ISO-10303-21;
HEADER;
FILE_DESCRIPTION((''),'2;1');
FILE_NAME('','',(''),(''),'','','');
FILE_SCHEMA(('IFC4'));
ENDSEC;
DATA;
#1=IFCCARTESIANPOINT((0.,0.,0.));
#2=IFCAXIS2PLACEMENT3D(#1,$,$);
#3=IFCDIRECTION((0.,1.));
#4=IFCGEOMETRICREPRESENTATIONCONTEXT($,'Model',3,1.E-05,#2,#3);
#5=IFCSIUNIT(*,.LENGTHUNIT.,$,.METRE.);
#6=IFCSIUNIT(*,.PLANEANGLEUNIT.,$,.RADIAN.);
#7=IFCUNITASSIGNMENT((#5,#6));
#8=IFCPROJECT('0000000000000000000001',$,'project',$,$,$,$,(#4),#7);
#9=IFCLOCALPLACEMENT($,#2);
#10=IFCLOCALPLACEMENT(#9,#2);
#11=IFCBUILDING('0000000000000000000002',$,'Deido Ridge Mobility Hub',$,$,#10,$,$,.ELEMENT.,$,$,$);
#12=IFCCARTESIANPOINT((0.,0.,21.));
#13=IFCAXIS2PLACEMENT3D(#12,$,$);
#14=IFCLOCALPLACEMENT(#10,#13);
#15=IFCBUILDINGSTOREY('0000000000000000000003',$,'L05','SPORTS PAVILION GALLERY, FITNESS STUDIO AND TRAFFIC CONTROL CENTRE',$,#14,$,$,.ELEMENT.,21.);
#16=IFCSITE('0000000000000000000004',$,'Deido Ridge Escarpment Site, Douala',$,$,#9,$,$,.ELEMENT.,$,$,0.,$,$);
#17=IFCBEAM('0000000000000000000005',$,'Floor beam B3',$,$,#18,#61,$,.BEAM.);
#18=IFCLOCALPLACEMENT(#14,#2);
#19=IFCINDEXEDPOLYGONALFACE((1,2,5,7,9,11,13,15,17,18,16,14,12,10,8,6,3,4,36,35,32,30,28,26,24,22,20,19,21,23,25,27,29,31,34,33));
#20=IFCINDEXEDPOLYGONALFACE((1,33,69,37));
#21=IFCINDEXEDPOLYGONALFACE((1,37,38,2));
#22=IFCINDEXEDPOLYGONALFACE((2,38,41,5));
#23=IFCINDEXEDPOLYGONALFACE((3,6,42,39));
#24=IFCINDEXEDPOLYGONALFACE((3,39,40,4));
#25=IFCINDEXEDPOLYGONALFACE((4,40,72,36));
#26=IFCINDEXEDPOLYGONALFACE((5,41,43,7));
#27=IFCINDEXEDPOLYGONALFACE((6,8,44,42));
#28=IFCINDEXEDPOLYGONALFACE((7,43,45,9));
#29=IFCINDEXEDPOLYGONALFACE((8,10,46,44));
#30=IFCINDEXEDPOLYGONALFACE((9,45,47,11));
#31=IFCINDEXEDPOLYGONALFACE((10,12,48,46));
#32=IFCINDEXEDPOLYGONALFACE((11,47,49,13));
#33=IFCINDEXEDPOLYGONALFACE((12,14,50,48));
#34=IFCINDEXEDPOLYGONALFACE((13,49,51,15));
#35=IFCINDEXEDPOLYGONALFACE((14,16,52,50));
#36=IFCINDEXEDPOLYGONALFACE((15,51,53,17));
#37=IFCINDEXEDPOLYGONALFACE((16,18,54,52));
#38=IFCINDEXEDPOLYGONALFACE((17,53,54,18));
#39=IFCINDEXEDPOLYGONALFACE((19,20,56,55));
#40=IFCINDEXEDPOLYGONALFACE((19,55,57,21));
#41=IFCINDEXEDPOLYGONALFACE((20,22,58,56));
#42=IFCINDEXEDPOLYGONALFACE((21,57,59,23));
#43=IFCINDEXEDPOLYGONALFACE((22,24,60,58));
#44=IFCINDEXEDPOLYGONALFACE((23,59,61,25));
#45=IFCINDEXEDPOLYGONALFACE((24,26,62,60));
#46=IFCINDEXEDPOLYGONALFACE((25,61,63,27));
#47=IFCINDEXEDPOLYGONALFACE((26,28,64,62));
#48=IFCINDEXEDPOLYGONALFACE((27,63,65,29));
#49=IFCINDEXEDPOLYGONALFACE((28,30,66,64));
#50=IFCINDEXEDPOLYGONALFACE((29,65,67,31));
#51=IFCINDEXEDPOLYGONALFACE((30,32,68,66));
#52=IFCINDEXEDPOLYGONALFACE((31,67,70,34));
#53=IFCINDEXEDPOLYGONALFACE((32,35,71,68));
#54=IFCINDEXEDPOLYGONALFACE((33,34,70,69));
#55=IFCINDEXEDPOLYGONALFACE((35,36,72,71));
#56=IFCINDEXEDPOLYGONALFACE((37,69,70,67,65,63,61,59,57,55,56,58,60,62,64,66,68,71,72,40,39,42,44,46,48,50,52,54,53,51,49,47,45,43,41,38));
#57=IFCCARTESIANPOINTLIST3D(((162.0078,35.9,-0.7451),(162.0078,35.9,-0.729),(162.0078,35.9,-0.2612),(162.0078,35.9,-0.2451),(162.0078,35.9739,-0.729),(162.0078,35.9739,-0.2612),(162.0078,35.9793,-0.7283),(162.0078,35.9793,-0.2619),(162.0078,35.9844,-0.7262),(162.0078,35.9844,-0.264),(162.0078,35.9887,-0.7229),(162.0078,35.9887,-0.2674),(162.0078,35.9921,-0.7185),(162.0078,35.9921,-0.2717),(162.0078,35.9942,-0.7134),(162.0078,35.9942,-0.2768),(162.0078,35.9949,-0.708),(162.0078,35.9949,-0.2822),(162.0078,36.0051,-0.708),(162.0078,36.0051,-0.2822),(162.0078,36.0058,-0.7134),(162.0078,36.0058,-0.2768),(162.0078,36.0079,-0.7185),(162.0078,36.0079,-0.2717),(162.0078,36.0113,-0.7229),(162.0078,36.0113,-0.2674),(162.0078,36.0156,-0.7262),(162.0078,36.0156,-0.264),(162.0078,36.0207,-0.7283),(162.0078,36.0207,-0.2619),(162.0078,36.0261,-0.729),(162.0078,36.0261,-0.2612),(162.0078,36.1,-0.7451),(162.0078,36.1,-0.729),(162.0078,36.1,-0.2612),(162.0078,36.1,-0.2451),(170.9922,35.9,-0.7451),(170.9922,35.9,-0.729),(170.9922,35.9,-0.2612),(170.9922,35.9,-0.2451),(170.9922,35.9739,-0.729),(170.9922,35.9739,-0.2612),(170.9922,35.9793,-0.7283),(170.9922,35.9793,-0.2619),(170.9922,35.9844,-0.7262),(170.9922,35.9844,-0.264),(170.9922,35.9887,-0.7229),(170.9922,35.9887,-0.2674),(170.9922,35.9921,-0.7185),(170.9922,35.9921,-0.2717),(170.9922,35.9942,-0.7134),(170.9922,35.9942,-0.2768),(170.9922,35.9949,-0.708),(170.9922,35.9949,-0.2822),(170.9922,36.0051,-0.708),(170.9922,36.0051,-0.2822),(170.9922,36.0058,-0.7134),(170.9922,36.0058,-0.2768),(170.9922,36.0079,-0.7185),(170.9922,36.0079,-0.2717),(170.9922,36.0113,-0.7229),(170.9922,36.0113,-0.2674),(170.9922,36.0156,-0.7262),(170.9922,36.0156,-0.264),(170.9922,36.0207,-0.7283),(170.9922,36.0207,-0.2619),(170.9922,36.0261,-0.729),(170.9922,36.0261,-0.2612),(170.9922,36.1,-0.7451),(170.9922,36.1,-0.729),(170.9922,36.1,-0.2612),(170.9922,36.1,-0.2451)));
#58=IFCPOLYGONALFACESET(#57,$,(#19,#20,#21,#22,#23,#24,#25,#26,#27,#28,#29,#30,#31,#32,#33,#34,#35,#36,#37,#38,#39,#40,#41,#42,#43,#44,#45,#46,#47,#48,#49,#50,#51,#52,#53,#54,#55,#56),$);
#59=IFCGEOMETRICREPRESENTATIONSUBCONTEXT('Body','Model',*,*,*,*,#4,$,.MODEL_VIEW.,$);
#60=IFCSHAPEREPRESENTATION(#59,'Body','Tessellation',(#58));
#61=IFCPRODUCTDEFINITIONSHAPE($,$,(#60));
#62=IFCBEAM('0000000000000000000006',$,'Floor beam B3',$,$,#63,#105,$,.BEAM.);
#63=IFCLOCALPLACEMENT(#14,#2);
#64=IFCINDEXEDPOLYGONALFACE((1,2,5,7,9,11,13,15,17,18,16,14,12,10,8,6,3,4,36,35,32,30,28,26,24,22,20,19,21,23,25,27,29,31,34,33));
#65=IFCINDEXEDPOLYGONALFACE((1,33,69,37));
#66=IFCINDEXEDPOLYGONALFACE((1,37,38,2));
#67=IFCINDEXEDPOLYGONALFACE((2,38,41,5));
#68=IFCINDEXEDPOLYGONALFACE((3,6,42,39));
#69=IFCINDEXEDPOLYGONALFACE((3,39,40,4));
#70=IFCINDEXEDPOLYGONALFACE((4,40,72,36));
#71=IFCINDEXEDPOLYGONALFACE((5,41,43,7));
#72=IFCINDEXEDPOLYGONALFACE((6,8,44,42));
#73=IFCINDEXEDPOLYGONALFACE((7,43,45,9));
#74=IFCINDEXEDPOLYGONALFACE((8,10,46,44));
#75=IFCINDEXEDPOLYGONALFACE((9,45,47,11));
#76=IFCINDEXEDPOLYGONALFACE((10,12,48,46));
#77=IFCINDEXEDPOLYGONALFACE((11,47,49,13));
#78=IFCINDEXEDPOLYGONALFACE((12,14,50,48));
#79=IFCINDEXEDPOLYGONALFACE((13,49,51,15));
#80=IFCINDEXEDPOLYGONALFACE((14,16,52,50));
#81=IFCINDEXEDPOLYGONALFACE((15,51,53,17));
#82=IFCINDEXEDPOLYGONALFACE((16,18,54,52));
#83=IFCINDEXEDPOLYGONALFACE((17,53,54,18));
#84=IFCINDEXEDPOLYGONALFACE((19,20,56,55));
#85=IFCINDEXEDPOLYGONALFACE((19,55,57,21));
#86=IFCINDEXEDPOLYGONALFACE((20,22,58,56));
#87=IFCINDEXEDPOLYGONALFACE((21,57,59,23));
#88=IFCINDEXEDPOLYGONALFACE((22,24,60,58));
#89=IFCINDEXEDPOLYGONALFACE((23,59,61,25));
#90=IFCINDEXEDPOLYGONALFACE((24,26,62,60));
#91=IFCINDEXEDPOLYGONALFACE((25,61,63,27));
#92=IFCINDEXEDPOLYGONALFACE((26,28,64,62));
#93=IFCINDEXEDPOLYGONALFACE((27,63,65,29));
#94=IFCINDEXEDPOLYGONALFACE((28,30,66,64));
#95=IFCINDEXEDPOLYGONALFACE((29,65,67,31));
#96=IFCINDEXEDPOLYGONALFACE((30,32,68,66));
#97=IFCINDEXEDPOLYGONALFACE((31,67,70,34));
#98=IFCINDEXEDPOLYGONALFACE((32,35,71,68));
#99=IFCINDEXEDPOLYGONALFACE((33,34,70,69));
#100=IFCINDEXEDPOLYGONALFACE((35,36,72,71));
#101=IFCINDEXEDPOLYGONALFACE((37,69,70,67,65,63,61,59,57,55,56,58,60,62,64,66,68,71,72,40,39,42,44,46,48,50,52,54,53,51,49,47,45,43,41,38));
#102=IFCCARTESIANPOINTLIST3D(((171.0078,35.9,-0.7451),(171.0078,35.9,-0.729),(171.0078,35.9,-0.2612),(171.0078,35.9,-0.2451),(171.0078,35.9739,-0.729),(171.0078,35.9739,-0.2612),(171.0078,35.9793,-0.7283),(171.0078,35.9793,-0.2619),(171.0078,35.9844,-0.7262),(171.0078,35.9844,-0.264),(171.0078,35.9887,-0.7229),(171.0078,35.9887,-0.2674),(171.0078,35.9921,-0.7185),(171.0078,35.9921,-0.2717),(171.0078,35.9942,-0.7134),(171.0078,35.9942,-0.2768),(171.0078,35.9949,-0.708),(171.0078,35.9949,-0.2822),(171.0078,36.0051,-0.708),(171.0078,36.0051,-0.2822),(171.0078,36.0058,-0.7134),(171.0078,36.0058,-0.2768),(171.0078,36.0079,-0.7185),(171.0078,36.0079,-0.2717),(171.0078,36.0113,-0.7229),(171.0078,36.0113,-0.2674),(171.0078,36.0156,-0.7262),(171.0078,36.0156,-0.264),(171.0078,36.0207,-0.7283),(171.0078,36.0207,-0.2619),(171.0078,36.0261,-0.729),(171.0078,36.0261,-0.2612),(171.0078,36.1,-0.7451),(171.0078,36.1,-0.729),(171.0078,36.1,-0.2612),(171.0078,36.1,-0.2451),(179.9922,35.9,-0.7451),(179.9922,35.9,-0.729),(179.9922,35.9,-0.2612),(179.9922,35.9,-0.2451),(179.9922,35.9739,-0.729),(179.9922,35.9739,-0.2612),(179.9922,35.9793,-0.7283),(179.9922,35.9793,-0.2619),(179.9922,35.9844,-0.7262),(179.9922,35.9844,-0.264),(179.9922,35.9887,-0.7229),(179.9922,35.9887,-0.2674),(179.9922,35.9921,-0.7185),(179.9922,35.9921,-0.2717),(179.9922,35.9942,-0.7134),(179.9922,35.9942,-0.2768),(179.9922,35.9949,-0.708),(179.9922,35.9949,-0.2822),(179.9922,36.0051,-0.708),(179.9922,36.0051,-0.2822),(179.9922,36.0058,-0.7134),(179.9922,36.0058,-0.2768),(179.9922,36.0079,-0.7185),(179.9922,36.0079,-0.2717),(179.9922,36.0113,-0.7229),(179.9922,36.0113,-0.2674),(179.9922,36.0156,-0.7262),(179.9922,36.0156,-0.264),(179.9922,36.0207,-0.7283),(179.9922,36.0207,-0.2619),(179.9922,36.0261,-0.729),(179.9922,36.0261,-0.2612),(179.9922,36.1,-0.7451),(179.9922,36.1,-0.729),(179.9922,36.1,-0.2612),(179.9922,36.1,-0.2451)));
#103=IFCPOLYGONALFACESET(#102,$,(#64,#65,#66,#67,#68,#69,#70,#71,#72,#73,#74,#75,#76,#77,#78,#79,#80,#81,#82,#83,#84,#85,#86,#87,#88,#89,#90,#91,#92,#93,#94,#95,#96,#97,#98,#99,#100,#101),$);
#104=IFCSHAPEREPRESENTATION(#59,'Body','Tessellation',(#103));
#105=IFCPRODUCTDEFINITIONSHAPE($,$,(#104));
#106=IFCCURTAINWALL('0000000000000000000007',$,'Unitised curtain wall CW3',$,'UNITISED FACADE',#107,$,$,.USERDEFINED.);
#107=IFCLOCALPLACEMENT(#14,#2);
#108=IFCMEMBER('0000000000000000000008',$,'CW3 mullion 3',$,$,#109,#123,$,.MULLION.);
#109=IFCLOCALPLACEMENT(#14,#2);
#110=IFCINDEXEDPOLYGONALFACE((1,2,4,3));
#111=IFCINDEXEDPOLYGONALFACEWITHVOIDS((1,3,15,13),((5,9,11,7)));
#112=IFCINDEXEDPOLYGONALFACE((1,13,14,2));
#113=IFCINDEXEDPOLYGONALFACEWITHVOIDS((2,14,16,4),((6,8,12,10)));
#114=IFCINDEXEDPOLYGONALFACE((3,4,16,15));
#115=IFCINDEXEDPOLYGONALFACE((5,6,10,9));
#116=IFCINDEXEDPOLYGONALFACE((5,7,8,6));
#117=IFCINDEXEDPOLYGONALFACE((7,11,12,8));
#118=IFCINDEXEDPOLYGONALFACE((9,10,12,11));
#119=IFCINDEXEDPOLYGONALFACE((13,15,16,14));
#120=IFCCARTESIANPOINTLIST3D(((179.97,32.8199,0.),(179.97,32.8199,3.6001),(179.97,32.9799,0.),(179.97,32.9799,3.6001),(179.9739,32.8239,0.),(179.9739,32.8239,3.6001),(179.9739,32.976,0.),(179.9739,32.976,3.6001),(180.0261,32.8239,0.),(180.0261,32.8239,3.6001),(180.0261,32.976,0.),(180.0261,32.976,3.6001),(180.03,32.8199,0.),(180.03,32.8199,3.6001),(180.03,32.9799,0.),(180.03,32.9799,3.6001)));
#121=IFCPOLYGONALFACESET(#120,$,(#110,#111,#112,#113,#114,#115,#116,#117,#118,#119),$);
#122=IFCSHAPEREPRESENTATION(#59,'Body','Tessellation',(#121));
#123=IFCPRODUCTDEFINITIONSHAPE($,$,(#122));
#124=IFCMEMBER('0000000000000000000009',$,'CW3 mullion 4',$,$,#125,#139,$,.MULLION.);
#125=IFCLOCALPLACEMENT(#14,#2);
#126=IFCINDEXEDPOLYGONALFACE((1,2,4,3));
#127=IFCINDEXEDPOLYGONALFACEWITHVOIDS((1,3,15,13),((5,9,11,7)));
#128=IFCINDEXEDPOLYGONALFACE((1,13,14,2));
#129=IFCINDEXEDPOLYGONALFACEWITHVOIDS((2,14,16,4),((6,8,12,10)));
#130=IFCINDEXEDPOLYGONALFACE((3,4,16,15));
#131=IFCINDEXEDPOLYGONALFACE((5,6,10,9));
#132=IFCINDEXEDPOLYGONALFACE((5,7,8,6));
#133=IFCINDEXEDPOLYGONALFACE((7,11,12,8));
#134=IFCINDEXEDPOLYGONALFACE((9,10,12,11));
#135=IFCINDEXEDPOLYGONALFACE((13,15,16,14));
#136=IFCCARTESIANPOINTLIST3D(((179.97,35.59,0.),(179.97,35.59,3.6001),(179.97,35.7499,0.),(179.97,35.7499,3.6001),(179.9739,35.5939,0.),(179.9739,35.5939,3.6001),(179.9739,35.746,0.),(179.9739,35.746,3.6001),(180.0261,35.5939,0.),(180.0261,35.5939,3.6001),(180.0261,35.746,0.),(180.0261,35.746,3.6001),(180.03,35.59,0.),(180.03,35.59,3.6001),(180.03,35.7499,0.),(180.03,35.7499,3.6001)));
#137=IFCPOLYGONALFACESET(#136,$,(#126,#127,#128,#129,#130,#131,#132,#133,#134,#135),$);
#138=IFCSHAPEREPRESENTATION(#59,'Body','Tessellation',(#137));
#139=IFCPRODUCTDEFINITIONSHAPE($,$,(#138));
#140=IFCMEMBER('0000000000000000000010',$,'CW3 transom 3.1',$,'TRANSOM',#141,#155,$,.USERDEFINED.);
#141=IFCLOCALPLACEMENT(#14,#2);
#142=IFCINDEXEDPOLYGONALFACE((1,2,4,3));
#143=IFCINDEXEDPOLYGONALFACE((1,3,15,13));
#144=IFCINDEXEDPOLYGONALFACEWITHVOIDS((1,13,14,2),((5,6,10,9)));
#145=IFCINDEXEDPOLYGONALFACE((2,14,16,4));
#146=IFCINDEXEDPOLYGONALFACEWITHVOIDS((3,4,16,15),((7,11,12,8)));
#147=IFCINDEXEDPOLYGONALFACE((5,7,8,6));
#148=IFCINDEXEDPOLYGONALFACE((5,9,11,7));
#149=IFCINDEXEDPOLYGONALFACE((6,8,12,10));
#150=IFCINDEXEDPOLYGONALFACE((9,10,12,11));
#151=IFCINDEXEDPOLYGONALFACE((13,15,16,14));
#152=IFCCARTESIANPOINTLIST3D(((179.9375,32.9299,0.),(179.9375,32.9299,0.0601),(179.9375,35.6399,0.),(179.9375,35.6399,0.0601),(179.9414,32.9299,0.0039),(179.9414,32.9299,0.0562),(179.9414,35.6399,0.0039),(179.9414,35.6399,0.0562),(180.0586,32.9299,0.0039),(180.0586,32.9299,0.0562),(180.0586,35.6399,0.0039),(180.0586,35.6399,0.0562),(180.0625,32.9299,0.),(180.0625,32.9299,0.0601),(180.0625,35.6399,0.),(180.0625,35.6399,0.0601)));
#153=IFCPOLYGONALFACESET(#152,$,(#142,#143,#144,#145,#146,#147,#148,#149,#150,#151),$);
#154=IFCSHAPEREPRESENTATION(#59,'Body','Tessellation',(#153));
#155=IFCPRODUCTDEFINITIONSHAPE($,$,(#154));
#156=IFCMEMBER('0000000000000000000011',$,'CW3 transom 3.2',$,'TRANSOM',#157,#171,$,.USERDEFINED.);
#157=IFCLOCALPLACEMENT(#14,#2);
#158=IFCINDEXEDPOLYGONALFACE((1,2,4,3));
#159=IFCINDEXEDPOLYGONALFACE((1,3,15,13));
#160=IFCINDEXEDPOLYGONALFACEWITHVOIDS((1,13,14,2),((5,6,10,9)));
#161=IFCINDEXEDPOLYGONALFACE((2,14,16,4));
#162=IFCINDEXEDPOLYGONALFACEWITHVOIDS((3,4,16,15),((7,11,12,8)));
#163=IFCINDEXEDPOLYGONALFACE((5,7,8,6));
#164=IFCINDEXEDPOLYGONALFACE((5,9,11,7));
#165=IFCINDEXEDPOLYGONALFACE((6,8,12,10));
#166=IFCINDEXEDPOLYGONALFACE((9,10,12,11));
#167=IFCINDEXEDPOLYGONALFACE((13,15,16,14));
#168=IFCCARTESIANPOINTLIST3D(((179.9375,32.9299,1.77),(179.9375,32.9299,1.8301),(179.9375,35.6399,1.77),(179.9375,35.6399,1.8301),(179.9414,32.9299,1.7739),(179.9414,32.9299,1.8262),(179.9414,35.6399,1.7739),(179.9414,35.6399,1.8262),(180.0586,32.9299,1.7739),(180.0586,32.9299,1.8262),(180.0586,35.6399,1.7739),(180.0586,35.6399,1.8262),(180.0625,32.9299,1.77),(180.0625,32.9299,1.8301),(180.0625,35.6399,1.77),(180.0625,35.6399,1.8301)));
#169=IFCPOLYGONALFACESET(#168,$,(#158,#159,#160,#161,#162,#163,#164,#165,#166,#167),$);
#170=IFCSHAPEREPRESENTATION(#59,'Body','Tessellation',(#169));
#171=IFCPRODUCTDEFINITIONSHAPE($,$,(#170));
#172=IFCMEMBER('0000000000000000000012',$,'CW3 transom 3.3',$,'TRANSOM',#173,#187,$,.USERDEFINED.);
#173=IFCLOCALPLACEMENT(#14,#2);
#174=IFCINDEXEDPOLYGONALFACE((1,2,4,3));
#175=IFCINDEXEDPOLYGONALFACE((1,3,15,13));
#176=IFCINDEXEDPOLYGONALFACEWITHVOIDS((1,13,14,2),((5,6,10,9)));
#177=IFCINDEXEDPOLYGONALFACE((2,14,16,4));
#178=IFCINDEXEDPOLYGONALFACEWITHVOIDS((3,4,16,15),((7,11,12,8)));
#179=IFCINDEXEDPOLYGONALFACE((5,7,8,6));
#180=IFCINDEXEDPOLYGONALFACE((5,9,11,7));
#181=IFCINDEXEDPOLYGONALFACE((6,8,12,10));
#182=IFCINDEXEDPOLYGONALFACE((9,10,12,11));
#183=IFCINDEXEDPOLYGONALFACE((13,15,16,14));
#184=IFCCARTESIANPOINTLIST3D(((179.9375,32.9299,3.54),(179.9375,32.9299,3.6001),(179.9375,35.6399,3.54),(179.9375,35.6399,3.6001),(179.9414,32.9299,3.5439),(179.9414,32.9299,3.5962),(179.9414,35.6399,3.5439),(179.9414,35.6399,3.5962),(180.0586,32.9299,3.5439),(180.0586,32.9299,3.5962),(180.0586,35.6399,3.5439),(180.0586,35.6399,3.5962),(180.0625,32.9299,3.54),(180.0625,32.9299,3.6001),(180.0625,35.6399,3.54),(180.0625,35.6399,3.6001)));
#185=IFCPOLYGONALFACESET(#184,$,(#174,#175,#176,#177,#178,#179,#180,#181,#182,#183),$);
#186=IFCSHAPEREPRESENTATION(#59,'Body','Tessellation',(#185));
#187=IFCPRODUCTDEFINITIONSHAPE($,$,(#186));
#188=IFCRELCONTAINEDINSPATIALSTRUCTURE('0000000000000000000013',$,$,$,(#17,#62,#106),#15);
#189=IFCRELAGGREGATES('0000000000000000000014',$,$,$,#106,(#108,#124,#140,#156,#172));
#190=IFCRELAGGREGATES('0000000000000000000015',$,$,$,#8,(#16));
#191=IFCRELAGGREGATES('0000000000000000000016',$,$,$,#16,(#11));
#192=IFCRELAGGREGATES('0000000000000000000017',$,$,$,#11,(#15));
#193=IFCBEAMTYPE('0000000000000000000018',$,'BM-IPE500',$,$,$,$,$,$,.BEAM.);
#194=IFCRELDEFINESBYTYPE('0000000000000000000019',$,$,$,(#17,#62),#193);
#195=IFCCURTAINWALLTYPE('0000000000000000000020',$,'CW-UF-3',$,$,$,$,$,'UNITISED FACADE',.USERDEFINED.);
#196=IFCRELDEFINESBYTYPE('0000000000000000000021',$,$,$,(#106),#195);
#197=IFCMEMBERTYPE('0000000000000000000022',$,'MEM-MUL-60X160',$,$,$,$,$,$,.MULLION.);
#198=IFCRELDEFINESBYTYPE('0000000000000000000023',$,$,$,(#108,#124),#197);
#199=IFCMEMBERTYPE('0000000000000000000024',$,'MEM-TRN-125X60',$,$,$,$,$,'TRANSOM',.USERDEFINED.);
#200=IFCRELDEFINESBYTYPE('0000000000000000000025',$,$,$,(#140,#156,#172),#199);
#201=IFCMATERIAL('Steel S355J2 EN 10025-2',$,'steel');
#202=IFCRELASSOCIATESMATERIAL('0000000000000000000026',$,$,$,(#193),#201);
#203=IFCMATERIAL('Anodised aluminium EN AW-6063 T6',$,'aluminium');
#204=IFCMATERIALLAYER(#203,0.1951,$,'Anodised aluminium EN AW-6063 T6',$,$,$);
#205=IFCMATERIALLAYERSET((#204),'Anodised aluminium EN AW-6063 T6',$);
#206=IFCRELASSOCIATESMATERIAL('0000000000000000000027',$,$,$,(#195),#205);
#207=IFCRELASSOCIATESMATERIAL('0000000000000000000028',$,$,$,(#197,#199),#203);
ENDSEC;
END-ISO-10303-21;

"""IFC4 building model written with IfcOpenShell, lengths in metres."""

from ifc_helpers import new_model, si_unit, direction, frame, origin, origin_2d, place, context, subcontext, project, spatial, hollow_rectangle, i_section, extrude, material, layer, layer_set, material_profile, profile_set, type_object, element, aggregate, save


model = new_model("IFC4")

# Units and contexts
model_context = context("Model", 3, precision=1e-05, world=origin(), true_north=direction((0.0, 1.0)))
body_context = subcontext(model_context, "Body", "Model", "MODEL_VIEW")
ifc_project = project(units=[si_unit("LENGTHUNIT", "METRE"), si_unit("PLANEANGLEUNIT", "RADIAN")], contexts=[model_context])

# Site, building, storey
site_placement = place(None, origin())
site = spatial("IfcSite", under=ifc_project, at=site_placement, Name="Deido Ridge Escarpment Site, Douala", CompositionType="ELEMENT", RefElevation=0.0)
building_placement = place(site_placement, origin())
building = spatial("IfcBuilding", under=site, at=building_placement, Name="Deido Ridge Mobility Hub", CompositionType="ELEMENT")
storey_placement = place(building_placement, frame((0.0, 0.0, 21.0)))
storey = spatial("IfcBuildingStorey", under=building, at=storey_placement, Name="L05", Description="SPORTS PAVILION GALLERY, FITNESS STUDIO AND TRAFFIC CONTROL CENTRE", CompositionType="ELEMENT", Elevation=21.0)

# Shared definitions
ifc_material_1 = material(Name="Steel S355J2 EN 10025-2", Category="steel")

# Beams
ifc_material_profile_1 = material_profile(ifc_material_1, i_section(OverallWidth=0.2, OverallDepth=0.5, WebThickness=0.0103, FlangeThickness=0.0161, FilletRadius=0.021, at=origin_2d()), Name="IPE 500")
ifc_profile_set_1 = profile_set([ifc_material_profile_1], Name="Steel S355J2 EN 10025-2")
beam_type_1 = type_object("IfcBeamType", Name="BM-IPE500", PredefinedType="BEAM", material=ifc_profile_set_1)
for number, where, z_axis, x_axis, name in (
    (1, (162.0078, 36.0, -0.4951), (1.0, 0.0, 0.0), (0.0, 1.0, 0.0), "Floor beam B3"),
    (2, (171.0078, 36.0, -0.4951), (1.0, 0.0, 0.0), (0.0, 1.0, 0.0), "Floor beam B3"),
):
    element("IfcBeam", number, at=place(storey_placement, frame(where, z_axis=z_axis, x_axis=x_axis)), inside=storey, type_object=beam_type_1, Name=name, PredefinedType="BEAM", context=body_context, shape_type="SweptSolid", body=[
        extrude(i_section(OverallWidth=0.2, OverallDepth=0.5, WebThickness=0.0103, FlangeThickness=0.0161, FilletRadius=0.021, at=origin_2d()), origin(), (0.0, 0.0, 1.0), 8.9844),
    ])

# Curtain wall, members
ifc_material_2 = material(Name="Anodised aluminium EN AW-6063 T6", Category="aluminium")
ifc_layer_1 = layer(ifc_material_2, 0.1951, Name="Anodised aluminium EN AW-6063 T6")
ifc_layer_set_1 = layer_set([ifc_layer_1], Name="Anodised aluminium EN AW-6063 T6")
curtain_wall_type = type_object("IfcCurtainWallType", Name="CW-UF-3", ElementType="UNITISED FACADE", PredefinedType="USERDEFINED", material=ifc_layer_set_1)
curtain_wall_placement = place(storey_placement, origin())
curtain_wall = element("IfcCurtainWall", 3, at=curtain_wall_placement, inside=storey, type_object=curtain_wall_type, Name="Unitised curtain wall CW3", ObjectType="UNITISED FACADE", PredefinedType="USERDEFINED")
ifc_material_profile_2 = material_profile(ifc_material_2, hollow_rectangle(XDim=0.0601, YDim=0.1599, WallThickness=0.0039, at=origin_2d()), Name="RHS 60x160x4")
ifc_profile_set_2 = profile_set([ifc_material_profile_2], Name="Anodised aluminium EN AW-6063 T6")
member_type_1 = type_object("IfcMemberType", Name="MEM-MUL-60X160", PredefinedType="MULLION", material=ifc_profile_set_2)
member_1_placement = place(storey_placement, frame((180.0, 32.8999, 0.0), z_axis=(0.0, 0.0, 1.0), x_axis=(-1.0, 0.0, 0.0)))
member_1 = element("IfcMember", 4, at=member_1_placement, type_object=member_type_1, Name="CW3 mullion 3", PredefinedType="MULLION", context=body_context, shape_type="SweptSolid", body=[
    extrude(hollow_rectangle(XDim=0.0601, YDim=0.1599, WallThickness=0.0039, at=origin_2d()), origin(), (0.0, 0.0, 1.0), 3.6001),
])
member_2_placement = place(storey_placement, frame((180.0, 35.6699, 0.0), z_axis=(0.0, 0.0, 1.0), x_axis=(-1.0, 0.0, 0.0)))
member_2 = element("IfcMember", 5, at=member_2_placement, type_object=member_type_1, Name="CW3 mullion 4", PredefinedType="MULLION", context=body_context, shape_type="SweptSolid", body=[
    extrude(hollow_rectangle(XDim=0.0601, YDim=0.1599, WallThickness=0.0039, at=origin_2d()), origin(), (0.0, 0.0, 1.0), 3.6001),
])
ifc_material_profile_3 = material_profile(ifc_material_2, hollow_rectangle(XDim=0.125, YDim=0.0601, WallThickness=0.0039, at=origin_2d()), Name="RHS 125x60x4")
ifc_profile_set_3 = profile_set([ifc_material_profile_3], Name="Anodised aluminium EN AW-6063 T6")
member_type_2 = type_object("IfcMemberType", Name="MEM-TRN-125X60", ElementType="TRANSOM", PredefinedType="USERDEFINED", material=ifc_profile_set_3)
member_3_placement = place(storey_placement, frame((180.0, 32.9299, 0.03), z_axis=(0.0, 1.0, 0.0), x_axis=(-1.0, 0.0, 0.0)))
member_3 = element("IfcMember", 6, at=member_3_placement, type_object=member_type_2, Name="CW3 transom 3.1", ObjectType="TRANSOM", PredefinedType="USERDEFINED", context=body_context, shape_type="SweptSolid", body=[
    extrude(hollow_rectangle(XDim=0.125, YDim=0.0601, WallThickness=0.0039, at=origin_2d()), origin(), (0.0, 0.0, 1.0), 2.71),
])
member_4_placement = place(storey_placement, frame((180.0, 32.9299, 1.8), z_axis=(0.0, 1.0, 0.0), x_axis=(-1.0, 0.0, 0.0)))
member_4 = element("IfcMember", 7, at=member_4_placement, type_object=member_type_2, Name="CW3 transom 3.2", ObjectType="TRANSOM", PredefinedType="USERDEFINED", context=body_context, shape_type="SweptSolid", body=[
    extrude(hollow_rectangle(XDim=0.125, YDim=0.0601, WallThickness=0.0039, at=origin_2d()), origin(), (0.0, 0.0, 1.0), 2.71),
])
member_5_placement = place(storey_placement, frame((180.0, 32.9299, 3.5701), z_axis=(0.0, 1.0, 0.0), x_axis=(-1.0, 0.0, 0.0)))
member_5 = element("IfcMember", 8, at=member_5_placement, type_object=member_type_2, Name="CW3 transom 3.3", ObjectType="TRANSOM", PredefinedType="USERDEFINED", context=body_context, shape_type="SweptSolid", body=[
    extrude(hollow_rectangle(XDim=0.125, YDim=0.0601, WallThickness=0.0039, at=origin_2d()), origin(), (0.0, 0.0, 1.0), 2.71),
])

aggregate(curtain_wall, [member_1, member_2, member_3, member_4, member_5])

save(model, "model.ifc")
